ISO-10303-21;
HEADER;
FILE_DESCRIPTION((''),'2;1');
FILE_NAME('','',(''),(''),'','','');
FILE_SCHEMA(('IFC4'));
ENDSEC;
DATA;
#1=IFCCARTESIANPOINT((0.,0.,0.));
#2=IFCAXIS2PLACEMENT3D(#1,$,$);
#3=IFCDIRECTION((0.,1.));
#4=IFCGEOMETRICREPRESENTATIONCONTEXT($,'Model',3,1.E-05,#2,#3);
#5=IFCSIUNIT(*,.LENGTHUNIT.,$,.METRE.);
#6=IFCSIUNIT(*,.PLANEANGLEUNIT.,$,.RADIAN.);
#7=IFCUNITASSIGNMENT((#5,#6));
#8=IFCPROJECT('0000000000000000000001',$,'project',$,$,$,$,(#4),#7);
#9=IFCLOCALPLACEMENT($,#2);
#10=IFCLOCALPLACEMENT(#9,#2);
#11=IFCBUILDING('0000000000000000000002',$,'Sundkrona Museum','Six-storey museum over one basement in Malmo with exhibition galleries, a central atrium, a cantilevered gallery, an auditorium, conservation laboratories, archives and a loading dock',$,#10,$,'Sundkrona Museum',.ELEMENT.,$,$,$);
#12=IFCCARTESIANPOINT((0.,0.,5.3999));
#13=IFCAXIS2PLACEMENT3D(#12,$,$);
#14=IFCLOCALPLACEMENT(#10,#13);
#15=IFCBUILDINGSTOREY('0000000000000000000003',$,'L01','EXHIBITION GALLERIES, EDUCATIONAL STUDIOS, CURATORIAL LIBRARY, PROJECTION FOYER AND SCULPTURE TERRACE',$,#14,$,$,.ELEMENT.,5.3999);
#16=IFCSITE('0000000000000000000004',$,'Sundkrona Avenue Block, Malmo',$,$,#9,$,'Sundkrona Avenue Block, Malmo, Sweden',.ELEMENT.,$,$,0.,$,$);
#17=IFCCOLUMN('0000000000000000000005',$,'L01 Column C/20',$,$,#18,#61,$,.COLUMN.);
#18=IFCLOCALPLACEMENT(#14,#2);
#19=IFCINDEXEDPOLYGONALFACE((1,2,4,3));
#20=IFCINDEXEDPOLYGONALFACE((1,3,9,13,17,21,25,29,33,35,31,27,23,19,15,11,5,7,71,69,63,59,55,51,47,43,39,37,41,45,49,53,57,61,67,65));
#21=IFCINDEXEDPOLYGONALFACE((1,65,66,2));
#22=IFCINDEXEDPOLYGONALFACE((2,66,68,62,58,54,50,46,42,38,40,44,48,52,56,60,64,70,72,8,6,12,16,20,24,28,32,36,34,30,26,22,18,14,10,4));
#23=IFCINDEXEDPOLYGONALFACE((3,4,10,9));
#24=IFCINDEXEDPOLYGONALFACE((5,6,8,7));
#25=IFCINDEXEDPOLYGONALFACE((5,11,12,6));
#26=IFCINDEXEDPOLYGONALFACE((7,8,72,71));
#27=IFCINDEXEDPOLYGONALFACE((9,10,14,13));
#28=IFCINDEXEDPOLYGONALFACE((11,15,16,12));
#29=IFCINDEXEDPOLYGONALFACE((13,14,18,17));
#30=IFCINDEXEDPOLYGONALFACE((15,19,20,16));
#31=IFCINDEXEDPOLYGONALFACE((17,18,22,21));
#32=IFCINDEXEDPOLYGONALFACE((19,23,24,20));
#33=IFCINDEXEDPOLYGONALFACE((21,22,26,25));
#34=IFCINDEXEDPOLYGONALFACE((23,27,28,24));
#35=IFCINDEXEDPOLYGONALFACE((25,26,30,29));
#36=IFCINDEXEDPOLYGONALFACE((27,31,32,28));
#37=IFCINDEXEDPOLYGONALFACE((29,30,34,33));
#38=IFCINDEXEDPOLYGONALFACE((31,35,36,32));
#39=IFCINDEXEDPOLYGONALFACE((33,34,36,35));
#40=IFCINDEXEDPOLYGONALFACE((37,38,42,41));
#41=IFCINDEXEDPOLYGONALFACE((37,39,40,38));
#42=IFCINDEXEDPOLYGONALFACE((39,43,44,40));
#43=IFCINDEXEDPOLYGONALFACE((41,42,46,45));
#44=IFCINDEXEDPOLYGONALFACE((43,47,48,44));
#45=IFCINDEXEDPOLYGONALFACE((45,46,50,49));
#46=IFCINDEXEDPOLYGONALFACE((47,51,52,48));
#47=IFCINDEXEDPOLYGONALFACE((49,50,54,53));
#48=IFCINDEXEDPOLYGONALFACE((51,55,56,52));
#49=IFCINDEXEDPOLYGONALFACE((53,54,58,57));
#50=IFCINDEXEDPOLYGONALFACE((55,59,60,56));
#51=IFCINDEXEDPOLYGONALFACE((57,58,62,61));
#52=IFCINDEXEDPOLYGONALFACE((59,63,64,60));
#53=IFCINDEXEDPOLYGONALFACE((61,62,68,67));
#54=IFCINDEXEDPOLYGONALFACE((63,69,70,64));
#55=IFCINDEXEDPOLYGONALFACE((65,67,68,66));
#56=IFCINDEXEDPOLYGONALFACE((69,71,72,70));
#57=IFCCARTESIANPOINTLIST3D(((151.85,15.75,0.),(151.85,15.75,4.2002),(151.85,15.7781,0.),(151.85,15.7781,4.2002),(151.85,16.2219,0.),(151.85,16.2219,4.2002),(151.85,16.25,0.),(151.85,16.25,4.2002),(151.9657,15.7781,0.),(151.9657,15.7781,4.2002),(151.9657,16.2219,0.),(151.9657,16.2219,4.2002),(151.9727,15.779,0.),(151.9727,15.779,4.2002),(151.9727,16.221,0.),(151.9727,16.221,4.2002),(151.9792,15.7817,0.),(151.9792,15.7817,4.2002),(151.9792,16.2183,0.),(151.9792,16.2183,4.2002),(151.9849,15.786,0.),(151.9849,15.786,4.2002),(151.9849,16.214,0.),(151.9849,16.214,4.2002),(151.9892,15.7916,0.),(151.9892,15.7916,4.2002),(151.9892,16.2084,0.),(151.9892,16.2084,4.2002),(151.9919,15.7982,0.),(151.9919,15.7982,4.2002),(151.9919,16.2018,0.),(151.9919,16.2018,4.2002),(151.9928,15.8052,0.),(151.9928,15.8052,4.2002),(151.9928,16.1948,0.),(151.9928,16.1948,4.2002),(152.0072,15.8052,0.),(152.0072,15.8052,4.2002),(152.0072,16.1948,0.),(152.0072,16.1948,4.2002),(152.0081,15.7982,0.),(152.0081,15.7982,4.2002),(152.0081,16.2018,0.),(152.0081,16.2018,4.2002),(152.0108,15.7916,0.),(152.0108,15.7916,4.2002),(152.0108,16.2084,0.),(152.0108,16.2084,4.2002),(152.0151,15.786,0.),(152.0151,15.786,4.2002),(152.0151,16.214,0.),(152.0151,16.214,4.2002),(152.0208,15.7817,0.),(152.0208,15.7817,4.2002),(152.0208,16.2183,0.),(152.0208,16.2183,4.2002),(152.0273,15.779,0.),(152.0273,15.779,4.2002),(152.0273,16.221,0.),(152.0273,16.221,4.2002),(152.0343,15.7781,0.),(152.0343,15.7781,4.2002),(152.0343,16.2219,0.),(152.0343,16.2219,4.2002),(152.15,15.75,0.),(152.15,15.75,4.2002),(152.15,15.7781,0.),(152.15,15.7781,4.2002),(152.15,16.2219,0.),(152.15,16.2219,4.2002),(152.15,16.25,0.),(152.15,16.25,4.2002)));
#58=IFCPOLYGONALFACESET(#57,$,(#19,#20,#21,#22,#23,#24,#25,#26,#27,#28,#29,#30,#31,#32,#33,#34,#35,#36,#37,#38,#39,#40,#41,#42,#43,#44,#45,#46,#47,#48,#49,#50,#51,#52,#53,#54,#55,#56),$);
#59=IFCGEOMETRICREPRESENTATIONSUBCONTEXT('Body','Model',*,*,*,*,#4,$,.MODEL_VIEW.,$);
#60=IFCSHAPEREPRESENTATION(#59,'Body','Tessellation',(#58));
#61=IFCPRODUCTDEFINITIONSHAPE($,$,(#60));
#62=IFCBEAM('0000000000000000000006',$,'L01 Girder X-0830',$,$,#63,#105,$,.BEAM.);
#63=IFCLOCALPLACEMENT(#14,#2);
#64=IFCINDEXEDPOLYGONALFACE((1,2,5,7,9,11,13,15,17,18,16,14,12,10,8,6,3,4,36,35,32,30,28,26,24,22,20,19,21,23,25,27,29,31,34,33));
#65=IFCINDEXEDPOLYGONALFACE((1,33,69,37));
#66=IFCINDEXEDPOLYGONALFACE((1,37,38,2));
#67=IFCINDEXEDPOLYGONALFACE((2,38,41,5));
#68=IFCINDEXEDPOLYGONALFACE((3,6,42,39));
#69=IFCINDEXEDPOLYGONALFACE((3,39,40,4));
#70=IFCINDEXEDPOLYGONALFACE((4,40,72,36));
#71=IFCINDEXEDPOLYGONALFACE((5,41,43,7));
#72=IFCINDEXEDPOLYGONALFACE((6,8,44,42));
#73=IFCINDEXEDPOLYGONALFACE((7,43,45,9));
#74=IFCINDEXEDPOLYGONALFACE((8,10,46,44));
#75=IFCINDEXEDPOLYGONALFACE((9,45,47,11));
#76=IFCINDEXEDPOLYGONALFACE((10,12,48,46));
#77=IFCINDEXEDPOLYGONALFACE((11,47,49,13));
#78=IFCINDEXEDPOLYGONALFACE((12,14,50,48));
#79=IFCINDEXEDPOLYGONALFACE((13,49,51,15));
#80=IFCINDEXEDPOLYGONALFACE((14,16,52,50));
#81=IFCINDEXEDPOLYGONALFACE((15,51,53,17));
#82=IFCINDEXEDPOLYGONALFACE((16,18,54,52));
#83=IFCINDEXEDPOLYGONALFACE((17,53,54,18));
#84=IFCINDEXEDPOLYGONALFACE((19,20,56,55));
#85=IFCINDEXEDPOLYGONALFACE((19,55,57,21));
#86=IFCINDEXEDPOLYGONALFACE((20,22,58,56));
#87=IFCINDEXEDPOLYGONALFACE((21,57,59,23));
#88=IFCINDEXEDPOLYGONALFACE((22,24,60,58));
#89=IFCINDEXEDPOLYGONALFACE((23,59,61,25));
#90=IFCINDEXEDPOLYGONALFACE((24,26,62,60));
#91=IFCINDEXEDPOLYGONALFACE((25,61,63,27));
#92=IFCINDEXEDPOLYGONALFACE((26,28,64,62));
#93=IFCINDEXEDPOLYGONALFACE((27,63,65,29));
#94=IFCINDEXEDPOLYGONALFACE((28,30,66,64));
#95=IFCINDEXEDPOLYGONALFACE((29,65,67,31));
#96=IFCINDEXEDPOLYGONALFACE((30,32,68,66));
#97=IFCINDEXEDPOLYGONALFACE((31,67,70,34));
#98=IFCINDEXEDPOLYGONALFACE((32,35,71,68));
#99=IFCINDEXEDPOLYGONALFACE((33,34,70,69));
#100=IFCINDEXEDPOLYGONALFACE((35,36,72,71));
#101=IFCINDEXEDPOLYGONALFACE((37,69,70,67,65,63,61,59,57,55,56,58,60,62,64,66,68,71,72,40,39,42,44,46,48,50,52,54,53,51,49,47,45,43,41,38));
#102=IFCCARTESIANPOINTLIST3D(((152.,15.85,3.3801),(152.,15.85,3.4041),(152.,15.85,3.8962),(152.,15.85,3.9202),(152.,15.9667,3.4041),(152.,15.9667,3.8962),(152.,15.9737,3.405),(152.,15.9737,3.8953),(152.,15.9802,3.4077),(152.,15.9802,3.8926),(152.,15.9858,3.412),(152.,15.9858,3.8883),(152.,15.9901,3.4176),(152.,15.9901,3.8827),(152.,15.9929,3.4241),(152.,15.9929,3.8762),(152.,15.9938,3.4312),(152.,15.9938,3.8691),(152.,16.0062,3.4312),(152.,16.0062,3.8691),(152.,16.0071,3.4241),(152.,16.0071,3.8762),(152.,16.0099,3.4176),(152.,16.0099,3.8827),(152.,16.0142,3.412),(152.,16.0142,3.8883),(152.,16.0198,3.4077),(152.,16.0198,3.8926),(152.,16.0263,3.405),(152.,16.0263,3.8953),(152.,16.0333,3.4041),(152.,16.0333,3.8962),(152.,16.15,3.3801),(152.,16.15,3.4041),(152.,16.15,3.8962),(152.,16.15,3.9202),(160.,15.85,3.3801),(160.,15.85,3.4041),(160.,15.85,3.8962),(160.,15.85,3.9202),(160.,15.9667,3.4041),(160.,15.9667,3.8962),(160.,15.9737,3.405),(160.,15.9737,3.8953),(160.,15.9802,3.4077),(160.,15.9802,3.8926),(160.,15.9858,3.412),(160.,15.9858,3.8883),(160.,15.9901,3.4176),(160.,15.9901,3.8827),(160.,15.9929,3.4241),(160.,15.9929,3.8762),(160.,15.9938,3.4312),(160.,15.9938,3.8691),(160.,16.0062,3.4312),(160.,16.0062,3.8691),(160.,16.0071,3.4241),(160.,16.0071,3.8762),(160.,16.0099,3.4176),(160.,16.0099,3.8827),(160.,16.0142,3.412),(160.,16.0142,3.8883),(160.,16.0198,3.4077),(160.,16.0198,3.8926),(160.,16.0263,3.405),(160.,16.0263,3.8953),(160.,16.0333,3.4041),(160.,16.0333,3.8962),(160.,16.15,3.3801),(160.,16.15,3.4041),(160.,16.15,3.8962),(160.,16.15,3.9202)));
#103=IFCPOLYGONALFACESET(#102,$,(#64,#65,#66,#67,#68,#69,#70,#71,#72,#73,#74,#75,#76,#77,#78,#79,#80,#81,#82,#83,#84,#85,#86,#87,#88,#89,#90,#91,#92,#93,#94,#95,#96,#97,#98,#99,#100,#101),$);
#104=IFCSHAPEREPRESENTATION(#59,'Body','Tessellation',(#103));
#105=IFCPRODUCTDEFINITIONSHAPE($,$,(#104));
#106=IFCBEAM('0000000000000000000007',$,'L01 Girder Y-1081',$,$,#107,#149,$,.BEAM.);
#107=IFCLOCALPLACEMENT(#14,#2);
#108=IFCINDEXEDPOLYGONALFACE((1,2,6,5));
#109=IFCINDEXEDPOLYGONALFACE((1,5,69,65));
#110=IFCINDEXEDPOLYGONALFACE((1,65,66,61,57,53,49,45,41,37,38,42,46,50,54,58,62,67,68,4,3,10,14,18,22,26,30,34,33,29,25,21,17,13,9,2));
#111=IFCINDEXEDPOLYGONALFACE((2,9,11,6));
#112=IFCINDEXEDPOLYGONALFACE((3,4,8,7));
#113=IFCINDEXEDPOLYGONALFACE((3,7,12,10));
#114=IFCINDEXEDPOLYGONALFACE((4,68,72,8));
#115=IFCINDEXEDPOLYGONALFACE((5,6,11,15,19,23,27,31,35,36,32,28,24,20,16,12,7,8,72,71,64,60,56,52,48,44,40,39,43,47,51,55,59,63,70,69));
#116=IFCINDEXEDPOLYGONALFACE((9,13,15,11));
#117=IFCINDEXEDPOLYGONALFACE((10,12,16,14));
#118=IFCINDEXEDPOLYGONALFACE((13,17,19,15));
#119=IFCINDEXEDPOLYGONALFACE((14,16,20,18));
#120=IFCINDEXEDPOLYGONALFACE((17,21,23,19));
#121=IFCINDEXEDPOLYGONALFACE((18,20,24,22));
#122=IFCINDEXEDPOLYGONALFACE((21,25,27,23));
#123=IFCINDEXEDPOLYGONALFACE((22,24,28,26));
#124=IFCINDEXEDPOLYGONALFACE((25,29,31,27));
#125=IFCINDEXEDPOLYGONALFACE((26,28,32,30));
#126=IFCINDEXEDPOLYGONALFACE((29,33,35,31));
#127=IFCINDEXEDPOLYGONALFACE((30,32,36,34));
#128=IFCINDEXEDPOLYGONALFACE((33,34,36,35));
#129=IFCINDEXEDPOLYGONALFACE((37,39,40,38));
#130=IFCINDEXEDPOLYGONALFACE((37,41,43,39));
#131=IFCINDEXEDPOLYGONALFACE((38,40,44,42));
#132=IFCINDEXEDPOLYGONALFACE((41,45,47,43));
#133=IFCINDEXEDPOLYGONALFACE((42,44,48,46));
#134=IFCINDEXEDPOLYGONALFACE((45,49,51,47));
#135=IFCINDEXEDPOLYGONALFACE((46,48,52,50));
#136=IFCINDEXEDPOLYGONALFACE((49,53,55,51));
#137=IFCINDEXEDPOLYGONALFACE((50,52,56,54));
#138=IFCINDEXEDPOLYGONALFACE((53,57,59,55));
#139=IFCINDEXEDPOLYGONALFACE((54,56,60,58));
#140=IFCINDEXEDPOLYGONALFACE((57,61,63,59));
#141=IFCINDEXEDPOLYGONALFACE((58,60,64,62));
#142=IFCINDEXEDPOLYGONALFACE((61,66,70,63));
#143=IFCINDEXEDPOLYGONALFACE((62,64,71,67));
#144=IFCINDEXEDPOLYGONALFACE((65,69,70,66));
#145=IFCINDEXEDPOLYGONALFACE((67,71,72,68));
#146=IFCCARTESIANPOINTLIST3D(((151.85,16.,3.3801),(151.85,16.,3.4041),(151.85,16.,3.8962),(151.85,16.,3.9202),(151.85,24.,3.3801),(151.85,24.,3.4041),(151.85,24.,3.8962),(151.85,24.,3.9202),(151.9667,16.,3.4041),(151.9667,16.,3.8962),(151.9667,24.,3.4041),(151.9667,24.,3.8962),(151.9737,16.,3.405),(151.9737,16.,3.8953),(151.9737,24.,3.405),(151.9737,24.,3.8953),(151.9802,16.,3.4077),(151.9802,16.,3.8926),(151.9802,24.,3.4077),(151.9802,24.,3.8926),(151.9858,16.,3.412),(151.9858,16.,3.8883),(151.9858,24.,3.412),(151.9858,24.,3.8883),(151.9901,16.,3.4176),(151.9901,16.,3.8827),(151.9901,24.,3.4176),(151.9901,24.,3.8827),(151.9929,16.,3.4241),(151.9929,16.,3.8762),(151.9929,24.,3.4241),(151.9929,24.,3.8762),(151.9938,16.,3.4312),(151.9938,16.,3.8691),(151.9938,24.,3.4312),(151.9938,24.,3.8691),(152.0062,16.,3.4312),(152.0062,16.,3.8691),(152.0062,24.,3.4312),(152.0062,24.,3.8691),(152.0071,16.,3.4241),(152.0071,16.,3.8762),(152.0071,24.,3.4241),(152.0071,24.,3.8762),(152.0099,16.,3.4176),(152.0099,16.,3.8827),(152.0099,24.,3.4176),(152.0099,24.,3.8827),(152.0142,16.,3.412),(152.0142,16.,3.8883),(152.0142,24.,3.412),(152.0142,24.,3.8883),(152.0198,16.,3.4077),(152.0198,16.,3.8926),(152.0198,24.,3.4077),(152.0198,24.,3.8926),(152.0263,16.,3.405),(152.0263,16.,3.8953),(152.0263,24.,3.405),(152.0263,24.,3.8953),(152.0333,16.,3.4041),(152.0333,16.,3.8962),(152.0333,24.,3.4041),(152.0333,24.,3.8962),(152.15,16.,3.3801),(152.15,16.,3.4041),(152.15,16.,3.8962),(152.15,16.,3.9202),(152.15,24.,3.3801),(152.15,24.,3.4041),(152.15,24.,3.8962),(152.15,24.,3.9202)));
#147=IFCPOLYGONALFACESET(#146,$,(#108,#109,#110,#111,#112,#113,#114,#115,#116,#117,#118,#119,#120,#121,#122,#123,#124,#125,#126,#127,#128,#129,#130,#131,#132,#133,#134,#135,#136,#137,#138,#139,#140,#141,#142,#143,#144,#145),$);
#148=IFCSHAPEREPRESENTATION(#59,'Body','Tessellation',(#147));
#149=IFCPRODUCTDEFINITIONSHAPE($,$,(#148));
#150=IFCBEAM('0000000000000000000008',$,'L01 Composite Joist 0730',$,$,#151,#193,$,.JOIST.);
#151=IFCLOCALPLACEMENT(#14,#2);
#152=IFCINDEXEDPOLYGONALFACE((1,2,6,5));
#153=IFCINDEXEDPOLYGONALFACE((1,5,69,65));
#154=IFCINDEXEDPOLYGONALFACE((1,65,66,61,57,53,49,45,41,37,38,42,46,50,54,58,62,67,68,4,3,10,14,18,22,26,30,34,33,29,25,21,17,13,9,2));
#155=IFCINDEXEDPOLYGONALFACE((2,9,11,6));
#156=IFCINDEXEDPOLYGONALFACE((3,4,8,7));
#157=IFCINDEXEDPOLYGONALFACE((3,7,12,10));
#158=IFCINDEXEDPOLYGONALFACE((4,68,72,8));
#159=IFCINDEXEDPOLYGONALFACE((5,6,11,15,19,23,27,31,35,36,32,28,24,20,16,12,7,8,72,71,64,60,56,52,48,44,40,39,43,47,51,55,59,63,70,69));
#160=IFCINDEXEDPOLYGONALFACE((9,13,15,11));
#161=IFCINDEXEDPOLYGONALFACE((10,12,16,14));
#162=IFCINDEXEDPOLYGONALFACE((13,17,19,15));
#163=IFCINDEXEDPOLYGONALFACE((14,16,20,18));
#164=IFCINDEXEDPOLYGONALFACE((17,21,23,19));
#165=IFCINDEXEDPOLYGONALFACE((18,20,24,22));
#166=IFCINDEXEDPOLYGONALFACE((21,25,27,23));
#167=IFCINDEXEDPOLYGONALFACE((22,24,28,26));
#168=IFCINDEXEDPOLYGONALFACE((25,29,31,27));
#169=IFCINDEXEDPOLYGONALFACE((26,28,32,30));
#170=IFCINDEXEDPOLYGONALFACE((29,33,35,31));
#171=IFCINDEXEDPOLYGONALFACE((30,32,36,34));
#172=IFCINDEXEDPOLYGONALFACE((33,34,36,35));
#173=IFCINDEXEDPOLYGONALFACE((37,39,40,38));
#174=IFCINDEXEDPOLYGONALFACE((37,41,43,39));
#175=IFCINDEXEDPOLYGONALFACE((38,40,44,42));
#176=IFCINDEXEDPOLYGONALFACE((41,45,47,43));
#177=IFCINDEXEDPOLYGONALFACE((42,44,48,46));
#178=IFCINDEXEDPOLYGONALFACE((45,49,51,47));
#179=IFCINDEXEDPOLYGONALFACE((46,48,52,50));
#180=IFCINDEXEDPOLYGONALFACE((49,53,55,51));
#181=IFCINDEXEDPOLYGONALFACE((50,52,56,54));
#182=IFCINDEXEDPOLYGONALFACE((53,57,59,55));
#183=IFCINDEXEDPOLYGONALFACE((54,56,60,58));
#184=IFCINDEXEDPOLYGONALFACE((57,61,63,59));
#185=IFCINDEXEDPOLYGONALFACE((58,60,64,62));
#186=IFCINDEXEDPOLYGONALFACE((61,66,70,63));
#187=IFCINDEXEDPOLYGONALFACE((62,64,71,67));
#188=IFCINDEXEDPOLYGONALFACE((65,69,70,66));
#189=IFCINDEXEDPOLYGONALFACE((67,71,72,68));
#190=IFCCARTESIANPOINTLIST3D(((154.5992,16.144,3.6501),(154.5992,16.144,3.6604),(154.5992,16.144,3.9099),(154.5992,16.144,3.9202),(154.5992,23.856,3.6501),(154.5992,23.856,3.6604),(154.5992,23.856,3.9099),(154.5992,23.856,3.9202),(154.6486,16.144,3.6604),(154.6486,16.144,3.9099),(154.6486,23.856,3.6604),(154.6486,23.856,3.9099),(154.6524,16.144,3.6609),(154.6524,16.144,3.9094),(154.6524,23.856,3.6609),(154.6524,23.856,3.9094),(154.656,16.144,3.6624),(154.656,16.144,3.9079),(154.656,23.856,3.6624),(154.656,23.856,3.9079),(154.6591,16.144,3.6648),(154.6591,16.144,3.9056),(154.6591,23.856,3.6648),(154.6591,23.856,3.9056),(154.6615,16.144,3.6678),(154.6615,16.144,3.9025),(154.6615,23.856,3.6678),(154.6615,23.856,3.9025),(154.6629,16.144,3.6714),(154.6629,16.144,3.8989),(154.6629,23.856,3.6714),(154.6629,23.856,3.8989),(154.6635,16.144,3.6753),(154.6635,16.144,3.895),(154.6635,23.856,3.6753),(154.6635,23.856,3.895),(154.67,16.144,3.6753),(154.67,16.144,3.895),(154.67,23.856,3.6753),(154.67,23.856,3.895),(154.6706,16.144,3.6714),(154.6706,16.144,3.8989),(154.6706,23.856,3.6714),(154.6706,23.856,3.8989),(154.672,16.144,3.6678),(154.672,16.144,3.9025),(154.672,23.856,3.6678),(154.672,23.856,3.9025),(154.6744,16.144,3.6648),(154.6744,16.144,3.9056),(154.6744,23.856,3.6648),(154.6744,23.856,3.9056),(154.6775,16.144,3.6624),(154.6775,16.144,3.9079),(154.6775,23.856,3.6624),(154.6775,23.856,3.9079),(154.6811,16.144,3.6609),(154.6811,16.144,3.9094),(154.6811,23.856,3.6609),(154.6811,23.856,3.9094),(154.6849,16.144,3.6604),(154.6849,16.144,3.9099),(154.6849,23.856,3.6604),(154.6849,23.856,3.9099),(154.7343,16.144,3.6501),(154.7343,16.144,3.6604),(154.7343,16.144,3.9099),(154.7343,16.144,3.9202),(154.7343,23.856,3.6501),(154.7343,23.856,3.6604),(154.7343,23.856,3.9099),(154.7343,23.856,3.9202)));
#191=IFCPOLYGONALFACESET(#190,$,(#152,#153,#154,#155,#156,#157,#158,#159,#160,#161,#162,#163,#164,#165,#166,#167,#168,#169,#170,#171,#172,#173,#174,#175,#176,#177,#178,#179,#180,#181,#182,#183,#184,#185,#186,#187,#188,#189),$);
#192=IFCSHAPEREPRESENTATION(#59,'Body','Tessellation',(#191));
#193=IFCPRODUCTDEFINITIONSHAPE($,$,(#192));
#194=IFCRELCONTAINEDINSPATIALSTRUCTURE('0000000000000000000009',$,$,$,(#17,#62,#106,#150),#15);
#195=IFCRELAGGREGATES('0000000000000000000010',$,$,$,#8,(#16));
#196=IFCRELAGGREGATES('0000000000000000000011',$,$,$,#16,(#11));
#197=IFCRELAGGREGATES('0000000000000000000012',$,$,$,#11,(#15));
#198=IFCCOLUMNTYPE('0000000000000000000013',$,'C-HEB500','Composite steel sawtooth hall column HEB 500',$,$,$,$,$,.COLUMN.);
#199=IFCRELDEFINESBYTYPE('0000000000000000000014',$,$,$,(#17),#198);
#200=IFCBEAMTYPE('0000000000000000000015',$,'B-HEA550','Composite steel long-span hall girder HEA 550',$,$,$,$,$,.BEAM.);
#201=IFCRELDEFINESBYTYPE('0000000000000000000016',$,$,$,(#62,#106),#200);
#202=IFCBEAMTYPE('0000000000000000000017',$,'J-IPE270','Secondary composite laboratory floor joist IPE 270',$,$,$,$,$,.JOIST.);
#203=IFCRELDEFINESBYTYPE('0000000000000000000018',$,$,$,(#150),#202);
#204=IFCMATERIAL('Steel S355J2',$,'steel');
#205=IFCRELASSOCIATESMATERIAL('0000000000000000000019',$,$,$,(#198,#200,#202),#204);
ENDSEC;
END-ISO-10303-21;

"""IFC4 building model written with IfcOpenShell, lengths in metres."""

from ifc_helpers import new_model, si_unit, direction, frame, origin, origin_2d, place, context, subcontext, project, spatial, i_section, extrude, material, material_profile, profile_set, type_object, element, save


model = new_model("IFC4")

# Units and contexts
model_context = context("Model", 3, precision=1e-05, world=origin(), true_north=direction((0.0, 1.0)))
body_context = subcontext(model_context, "Body", "Model", "MODEL_VIEW")
ifc_project = project(units=[si_unit("LENGTHUNIT", "METRE"), si_unit("PLANEANGLEUNIT", "RADIAN")], contexts=[model_context])

# Site, building, storey
site_placement = place(None, origin())
site = spatial("IfcSite", under=ifc_project, at=site_placement, Name="Sundkrona Avenue Block, Malmo", LongName="Sundkrona Avenue Block, Malmo, Sweden", CompositionType="ELEMENT", RefElevation=0.0)
building_placement = place(site_placement, origin())
building = spatial("IfcBuilding", under=site, at=building_placement, Name="Sundkrona Museum", Description="Six-storey museum over one basement in Malmo with exhibition galleries, a central atrium, a cantilevered gallery, an auditorium, conservation laboratories, archives and a loading dock", LongName="Sundkrona Museum", CompositionType="ELEMENT")
storey_placement = place(building_placement, frame((0.0, 0.0, 5.3999)))
storey = spatial("IfcBuildingStorey", under=building, at=storey_placement, Name="L01", Description="EXHIBITION GALLERIES, EDUCATIONAL STUDIOS, CURATORIAL LIBRARY, PROJECTION FOYER AND SCULPTURE TERRACE", CompositionType="ELEMENT", Elevation=5.3999)

# Column
ifc_material_1 = material(Name="Steel S355J2", Category="steel")
ifc_material_profile_1 = material_profile(ifc_material_1, i_section(OverallWidth=0.3, OverallDepth=0.5, WebThickness=0.0144, FlangeThickness=0.0281, FilletRadius=0.0271, at=origin_2d()), Name="HEB 500")
ifc_profile_set_1 = profile_set([ifc_material_profile_1], Name="Steel S355J2")
column_type = type_object("IfcColumnType", Name="C-HEB500", Description="Composite steel sawtooth hall column HEB 500", PredefinedType="COLUMN", material=ifc_profile_set_1)
column_placement = place(storey_placement, frame((152.0, 16.0, 0.0), z_axis=(0.0, 0.0, 1.0), x_axis=(1.0, 0.0, 0.0)))
element("IfcColumn", 1, at=column_placement, inside=storey, type_object=column_type, Name="L01 Column C/20", PredefinedType="COLUMN", context=body_context, shape_type="SweptSolid", body=[
    extrude(i_section(OverallWidth=0.3, OverallDepth=0.5, WebThickness=0.0144, FlangeThickness=0.0281, FilletRadius=0.0271, at=origin_2d()), origin(), (0.0, 0.0, 1.0), 4.2002),
])

# Beams
ifc_material_profile_2 = material_profile(ifc_material_1, i_section(OverallWidth=0.3, OverallDepth=0.54, WebThickness=0.0125, FlangeThickness=0.0239, FilletRadius=0.0271, at=origin_2d()), Name="HEA 550")
ifc_profile_set_2 = profile_set([ifc_material_profile_2], Name="Steel S355J2")
beam_type_1 = type_object("IfcBeamType", Name="B-HEA550", Description="Composite steel long-span hall girder HEA 550", PredefinedType="BEAM", material=ifc_profile_set_2)
for number, where, z_axis, x_axis, name in (
    (2, (152.0, 16.0, 3.6501), (1.0, 0.0, 0.0), (0.0, 1.0, 0.0), "L01 Girder X-0830"),
    (3, (152.0, 16.0, 3.6501), (0.0, 1.0, 0.0), (-1.0, 0.0, 0.0), "L01 Girder Y-1081"),
):
    element("IfcBeam", number, at=place(storey_placement, frame(where, z_axis=z_axis, x_axis=x_axis)), inside=storey, type_object=beam_type_1, Name=name, PredefinedType="BEAM", context=body_context, shape_type="SweptSolid", body=[
        extrude(i_section(OverallWidth=0.3, OverallDepth=0.54, WebThickness=0.0125, FlangeThickness=0.0239, FilletRadius=0.0271, at=origin_2d()), origin(), (0.0, 0.0, 1.0), 8.0),
    ])
ifc_material_profile_3 = material_profile(ifc_material_1, i_section(OverallWidth=0.135, OverallDepth=0.27, WebThickness=0.0066, FlangeThickness=0.0103, FilletRadius=0.0149, at=origin_2d()), Name="IPE 270")
ifc_profile_set_3 = profile_set([ifc_material_profile_3], Name="Steel S355J2")
beam_type_2 = type_object("IfcBeamType", Name="J-IPE270", Description="Secondary composite laboratory floor joist IPE 270", PredefinedType="JOIST", material=ifc_profile_set_3)
beam_placement = place(storey_placement, frame((154.6667, 16.144, 3.7852), z_axis=(0.0, 1.0, 0.0), x_axis=(-1.0, 0.0, 0.0)))
element("IfcBeam", 4, at=beam_placement, inside=storey, type_object=beam_type_2, Name="L01 Composite Joist 0730", PredefinedType="JOIST", context=body_context, shape_type="SweptSolid", body=[
    extrude(i_section(OverallWidth=0.135, OverallDepth=0.27, WebThickness=0.0066, FlangeThickness=0.0103, FilletRadius=0.0149, at=origin_2d()), origin(), (0.0, 0.0, 1.0), 7.7119),
])

save(model, "model.ifc")
